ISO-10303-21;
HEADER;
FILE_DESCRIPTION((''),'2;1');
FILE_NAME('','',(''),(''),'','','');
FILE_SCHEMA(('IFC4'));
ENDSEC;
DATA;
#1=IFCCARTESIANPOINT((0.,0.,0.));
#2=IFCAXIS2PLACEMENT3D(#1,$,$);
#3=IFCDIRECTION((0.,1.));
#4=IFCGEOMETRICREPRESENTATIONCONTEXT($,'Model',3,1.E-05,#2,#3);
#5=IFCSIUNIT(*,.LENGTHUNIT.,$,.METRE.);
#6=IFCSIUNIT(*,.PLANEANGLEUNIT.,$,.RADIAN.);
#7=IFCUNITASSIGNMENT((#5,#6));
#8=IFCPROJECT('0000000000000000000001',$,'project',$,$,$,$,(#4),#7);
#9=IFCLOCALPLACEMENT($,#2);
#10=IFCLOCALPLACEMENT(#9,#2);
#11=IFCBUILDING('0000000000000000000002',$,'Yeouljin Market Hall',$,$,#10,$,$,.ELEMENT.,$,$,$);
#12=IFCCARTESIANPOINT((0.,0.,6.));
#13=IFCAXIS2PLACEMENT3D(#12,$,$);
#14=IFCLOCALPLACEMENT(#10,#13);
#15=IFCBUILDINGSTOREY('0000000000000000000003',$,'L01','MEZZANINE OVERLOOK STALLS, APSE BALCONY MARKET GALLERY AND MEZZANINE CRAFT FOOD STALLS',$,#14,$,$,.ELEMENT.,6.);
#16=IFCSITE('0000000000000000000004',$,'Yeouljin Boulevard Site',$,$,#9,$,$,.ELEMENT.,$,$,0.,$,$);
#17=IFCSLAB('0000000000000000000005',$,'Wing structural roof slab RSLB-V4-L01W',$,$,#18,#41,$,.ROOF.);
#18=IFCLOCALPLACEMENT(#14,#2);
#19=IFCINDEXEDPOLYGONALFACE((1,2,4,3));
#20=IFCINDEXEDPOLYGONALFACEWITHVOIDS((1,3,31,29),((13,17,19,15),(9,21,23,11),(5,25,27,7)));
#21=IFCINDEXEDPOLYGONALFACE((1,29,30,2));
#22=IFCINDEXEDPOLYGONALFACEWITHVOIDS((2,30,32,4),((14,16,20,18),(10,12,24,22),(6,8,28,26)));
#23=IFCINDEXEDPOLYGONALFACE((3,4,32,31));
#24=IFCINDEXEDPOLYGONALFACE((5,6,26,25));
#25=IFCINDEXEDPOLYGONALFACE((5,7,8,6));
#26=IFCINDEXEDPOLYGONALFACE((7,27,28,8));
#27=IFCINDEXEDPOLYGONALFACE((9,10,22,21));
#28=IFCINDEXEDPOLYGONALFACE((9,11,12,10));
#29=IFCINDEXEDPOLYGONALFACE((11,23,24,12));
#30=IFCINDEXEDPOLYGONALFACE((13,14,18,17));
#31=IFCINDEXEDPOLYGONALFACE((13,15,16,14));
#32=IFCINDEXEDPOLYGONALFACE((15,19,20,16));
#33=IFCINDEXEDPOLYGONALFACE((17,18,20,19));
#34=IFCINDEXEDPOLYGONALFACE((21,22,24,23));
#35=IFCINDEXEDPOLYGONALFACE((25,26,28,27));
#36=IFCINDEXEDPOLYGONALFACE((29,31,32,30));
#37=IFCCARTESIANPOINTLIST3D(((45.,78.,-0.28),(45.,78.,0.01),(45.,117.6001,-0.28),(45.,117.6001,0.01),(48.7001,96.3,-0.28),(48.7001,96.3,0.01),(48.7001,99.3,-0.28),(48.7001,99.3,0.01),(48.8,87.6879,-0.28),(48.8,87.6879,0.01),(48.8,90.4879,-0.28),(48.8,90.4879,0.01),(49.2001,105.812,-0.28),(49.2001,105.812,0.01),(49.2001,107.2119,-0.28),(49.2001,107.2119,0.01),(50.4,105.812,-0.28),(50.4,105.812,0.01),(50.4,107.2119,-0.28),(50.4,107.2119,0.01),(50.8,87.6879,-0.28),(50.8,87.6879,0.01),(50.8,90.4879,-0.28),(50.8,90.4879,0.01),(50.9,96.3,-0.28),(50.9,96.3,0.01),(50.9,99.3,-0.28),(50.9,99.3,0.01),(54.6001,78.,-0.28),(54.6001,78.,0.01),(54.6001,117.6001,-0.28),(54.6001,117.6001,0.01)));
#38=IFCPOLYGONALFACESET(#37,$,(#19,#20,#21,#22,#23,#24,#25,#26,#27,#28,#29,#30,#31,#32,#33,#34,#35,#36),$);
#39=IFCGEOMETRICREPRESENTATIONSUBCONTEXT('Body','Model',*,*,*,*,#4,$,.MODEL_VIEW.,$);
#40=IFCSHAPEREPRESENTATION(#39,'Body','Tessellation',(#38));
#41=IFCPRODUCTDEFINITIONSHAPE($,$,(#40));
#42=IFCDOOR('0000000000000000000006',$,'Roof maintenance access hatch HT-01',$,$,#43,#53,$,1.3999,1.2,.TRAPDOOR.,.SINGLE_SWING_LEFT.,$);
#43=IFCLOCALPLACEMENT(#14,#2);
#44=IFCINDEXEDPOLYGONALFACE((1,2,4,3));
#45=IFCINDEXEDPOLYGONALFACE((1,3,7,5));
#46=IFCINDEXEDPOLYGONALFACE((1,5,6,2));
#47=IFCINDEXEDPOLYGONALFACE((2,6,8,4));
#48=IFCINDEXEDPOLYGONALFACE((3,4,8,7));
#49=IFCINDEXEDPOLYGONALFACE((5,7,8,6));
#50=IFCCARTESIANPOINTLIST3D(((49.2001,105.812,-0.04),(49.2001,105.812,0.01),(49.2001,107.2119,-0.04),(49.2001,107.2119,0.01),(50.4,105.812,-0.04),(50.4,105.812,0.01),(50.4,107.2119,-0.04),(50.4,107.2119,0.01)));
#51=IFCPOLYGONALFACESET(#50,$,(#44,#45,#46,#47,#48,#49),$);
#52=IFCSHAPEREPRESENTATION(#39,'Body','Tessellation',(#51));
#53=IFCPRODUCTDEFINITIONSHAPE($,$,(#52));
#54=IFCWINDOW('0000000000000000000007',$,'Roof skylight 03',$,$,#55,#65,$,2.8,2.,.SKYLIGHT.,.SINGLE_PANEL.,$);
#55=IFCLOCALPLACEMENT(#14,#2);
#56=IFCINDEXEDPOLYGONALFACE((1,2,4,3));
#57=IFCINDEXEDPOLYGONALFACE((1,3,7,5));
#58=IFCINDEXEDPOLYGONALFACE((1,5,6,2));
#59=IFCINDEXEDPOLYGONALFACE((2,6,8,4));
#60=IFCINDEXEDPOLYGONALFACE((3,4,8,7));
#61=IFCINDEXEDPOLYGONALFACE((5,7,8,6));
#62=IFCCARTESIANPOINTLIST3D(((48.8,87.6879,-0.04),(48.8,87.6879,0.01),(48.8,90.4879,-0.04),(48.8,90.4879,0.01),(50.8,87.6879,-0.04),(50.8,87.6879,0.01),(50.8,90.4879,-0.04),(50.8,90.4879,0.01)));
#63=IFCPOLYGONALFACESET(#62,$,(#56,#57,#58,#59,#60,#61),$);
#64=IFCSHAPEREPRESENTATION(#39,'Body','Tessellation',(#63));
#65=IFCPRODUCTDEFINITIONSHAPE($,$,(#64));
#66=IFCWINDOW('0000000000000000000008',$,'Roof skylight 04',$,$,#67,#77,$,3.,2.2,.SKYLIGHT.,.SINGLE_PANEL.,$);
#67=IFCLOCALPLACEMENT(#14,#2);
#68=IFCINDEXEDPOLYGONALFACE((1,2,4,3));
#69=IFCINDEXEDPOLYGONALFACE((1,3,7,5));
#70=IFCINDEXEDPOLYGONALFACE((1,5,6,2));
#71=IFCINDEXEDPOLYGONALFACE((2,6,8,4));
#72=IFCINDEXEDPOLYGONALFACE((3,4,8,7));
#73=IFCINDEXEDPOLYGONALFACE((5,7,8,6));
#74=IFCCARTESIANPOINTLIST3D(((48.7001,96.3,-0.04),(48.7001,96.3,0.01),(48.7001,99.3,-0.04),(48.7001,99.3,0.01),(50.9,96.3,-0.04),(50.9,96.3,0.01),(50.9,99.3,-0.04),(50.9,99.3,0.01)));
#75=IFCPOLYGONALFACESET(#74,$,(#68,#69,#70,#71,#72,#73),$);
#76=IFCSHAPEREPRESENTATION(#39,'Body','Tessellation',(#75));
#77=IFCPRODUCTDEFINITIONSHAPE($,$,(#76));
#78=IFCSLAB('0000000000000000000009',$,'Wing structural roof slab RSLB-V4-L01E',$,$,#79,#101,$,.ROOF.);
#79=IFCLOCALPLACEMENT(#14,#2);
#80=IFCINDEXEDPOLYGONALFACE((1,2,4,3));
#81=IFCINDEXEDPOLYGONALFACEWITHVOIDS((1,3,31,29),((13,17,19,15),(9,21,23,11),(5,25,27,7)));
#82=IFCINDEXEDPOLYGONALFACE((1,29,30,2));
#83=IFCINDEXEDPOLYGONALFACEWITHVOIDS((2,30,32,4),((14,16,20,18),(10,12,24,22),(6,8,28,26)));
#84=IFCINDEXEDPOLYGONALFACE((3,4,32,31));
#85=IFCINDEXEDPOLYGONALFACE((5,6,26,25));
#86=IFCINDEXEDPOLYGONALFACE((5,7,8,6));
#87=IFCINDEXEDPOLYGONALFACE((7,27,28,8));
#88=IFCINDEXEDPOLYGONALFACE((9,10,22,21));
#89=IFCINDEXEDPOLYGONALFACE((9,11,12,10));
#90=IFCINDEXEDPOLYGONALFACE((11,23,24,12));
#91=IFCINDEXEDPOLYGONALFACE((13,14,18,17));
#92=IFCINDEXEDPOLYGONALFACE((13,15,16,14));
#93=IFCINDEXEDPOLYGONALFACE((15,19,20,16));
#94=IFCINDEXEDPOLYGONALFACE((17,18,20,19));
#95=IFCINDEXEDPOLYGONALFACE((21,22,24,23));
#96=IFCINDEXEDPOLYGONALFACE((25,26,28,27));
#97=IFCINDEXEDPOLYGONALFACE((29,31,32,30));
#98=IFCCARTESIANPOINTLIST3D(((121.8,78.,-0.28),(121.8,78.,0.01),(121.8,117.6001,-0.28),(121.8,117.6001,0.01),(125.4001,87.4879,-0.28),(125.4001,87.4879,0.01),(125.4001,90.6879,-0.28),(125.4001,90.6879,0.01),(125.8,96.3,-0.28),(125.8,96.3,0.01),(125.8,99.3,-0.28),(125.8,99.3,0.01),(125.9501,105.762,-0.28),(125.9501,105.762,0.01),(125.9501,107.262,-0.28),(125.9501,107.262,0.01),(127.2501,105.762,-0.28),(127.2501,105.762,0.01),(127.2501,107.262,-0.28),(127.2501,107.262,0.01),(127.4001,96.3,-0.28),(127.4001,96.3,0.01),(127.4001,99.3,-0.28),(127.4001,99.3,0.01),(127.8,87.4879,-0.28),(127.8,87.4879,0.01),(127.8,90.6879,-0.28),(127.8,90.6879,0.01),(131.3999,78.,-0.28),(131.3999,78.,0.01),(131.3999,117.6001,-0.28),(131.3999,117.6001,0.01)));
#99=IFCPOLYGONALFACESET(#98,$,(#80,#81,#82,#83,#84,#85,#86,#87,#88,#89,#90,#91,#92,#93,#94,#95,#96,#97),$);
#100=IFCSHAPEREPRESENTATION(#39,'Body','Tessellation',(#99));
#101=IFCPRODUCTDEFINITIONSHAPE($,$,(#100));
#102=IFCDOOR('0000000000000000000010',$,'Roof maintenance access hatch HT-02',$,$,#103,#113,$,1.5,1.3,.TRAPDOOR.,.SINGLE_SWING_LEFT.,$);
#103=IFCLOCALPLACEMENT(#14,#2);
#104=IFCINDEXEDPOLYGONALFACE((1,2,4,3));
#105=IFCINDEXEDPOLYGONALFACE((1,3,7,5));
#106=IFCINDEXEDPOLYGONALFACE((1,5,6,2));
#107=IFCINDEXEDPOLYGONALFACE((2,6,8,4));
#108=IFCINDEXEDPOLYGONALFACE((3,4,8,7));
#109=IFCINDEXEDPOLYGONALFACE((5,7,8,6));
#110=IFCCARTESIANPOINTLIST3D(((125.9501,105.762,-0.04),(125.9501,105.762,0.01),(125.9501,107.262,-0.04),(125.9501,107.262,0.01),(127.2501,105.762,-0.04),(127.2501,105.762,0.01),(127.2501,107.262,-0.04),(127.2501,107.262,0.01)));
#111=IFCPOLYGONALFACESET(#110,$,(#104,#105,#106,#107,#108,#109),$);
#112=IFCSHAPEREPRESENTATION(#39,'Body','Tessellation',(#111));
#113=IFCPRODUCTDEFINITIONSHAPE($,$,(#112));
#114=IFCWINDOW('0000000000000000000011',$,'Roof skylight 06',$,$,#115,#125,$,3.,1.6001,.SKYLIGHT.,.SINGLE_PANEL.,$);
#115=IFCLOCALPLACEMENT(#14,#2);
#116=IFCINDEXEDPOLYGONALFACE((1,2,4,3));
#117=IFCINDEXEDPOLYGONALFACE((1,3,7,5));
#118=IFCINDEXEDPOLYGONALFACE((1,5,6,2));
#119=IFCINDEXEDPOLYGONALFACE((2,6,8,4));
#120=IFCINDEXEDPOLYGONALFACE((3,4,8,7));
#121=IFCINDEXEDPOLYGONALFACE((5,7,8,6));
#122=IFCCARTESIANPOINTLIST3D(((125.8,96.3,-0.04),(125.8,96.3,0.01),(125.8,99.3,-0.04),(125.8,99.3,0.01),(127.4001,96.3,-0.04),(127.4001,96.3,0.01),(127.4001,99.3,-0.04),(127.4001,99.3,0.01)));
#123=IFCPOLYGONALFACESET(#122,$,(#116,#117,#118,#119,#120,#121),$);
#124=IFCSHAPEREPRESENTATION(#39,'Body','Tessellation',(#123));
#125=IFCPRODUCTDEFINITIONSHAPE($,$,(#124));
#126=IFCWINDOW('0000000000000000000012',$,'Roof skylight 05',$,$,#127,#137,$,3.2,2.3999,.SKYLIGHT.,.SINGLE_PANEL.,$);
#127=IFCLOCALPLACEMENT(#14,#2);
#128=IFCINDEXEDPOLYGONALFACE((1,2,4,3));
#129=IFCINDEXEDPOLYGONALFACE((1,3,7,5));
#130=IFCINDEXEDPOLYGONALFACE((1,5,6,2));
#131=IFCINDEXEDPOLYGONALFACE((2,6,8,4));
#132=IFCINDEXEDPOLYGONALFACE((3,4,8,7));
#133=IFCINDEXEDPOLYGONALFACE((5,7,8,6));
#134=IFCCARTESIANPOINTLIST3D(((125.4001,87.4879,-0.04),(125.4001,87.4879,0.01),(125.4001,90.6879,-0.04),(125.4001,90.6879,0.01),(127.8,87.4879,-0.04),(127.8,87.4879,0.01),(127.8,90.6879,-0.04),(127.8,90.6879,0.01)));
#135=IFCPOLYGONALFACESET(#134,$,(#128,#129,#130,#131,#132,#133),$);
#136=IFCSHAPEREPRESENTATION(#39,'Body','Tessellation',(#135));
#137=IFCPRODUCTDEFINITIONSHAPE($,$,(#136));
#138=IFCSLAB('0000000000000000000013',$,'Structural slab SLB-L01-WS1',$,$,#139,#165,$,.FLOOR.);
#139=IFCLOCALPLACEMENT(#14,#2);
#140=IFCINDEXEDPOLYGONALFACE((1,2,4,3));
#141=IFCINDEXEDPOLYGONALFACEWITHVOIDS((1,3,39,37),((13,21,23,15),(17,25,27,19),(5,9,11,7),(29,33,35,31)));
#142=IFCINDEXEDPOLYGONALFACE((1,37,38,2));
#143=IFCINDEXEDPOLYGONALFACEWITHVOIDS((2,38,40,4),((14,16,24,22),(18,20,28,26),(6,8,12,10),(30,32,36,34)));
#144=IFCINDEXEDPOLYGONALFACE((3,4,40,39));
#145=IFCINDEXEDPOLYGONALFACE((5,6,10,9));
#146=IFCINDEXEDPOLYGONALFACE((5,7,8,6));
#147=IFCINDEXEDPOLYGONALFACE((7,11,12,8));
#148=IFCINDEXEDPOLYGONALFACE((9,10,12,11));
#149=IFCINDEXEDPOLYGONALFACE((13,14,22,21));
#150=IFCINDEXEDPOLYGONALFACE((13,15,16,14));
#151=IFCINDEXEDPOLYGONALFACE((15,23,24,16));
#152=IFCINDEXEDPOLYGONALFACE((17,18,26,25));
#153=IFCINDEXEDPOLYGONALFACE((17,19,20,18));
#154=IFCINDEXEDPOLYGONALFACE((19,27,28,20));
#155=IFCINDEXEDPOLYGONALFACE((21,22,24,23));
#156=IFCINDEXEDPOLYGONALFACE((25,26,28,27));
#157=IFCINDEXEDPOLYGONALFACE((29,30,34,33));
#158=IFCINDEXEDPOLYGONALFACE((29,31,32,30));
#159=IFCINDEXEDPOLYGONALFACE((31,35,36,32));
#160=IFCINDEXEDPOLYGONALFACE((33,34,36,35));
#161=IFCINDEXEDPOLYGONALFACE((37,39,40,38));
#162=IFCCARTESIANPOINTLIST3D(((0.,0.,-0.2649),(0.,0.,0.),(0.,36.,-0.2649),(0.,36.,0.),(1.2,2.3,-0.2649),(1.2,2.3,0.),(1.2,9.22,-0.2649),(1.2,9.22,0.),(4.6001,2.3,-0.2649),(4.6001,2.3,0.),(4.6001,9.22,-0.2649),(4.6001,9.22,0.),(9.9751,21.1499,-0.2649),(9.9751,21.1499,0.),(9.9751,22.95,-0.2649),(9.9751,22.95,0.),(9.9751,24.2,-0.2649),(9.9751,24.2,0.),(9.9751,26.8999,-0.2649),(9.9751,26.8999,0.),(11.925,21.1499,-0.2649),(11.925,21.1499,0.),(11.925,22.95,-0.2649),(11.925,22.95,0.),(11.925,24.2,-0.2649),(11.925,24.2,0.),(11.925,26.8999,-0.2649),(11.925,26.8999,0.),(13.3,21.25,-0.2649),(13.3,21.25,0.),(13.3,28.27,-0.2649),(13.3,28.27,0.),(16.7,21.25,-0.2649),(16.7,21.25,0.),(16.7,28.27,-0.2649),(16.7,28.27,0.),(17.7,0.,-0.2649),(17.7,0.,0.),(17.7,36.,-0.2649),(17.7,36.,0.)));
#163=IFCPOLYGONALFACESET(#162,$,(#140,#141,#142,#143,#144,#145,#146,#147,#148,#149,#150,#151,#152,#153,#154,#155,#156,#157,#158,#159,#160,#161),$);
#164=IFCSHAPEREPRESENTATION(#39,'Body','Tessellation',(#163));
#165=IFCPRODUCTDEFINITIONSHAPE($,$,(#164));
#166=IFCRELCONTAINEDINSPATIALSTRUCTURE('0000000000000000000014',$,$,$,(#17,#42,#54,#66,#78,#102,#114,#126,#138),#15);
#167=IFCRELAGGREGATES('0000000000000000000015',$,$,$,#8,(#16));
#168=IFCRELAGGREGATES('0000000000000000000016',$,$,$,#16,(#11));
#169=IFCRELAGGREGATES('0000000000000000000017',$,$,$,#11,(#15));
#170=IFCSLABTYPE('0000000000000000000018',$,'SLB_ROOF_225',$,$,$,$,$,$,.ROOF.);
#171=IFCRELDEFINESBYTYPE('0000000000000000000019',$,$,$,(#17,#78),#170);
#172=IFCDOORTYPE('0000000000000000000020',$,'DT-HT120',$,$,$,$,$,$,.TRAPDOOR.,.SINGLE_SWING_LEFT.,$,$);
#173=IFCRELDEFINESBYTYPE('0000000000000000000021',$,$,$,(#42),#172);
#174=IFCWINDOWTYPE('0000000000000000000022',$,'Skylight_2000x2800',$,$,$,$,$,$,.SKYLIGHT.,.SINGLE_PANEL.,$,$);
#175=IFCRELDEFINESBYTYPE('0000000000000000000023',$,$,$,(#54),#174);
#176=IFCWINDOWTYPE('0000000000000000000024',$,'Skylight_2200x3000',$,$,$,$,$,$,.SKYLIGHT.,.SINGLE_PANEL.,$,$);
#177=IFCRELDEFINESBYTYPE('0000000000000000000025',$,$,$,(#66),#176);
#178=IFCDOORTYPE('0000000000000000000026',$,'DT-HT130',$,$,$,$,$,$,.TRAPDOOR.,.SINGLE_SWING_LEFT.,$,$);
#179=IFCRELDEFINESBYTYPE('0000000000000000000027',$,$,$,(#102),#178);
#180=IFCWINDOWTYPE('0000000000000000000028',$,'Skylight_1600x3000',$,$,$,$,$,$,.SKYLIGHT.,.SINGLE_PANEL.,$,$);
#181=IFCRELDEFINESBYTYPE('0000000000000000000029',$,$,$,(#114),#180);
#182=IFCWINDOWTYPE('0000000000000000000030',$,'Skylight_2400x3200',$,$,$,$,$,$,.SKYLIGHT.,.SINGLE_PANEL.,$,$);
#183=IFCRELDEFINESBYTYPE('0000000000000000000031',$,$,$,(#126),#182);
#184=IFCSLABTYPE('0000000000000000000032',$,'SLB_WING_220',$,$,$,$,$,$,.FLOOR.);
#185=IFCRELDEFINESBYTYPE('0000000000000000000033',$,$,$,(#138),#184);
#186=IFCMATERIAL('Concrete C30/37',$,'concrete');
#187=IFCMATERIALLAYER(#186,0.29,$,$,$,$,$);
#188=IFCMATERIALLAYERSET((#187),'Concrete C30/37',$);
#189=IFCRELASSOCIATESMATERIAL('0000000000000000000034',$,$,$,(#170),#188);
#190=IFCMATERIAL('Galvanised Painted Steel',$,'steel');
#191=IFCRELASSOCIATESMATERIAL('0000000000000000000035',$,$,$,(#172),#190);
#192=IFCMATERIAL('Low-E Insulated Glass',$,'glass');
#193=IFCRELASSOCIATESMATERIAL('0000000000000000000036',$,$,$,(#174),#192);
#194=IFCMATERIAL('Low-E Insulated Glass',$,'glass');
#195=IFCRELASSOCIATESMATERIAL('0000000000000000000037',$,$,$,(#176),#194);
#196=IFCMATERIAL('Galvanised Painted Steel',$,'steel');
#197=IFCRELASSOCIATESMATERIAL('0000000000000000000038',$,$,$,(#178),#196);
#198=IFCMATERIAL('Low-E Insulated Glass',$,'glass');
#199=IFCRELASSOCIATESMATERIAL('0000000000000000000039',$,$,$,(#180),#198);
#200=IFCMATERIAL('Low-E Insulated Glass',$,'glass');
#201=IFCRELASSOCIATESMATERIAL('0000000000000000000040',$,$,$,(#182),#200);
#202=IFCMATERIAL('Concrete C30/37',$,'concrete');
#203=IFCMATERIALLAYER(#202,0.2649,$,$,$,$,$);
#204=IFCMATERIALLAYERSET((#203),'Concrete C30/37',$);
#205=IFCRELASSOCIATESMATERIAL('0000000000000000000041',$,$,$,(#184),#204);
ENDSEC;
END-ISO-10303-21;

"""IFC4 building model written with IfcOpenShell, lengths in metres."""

from ifc_helpers import new_model, si_unit, direction, frame, origin, origin_2d, place, context, subcontext, project, spatial, polyline, rectangle, outline, extrude, material, layer, layer_set, type_object, element, fill, save


model = new_model("IFC4")

# Units and contexts
model_context = context("Model", 3, precision=1e-05, world=origin(), true_north=direction((0.0, 1.0)))
body_context = subcontext(model_context, "Body", "Model", "MODEL_VIEW")
ifc_project = project(units=[si_unit("LENGTHUNIT", "METRE"), si_unit("PLANEANGLEUNIT", "RADIAN")], contexts=[model_context])

# Site, building, storey
site_placement = place(None, origin())
site = spatial("IfcSite", under=ifc_project, at=site_placement, Name="Yeouljin Boulevard Site", CompositionType="ELEMENT", RefElevation=0.0)
building_placement = place(site_placement, origin())
building = spatial("IfcBuilding", under=site, at=building_placement, Name="Yeouljin Market Hall", CompositionType="ELEMENT")
storey_placement = place(building_placement, frame((0.0, 0.0, 6.0)))
storey = spatial("IfcBuildingStorey", under=building, at=storey_placement, Name="L01", Description="MEZZANINE OVERLOOK STALLS, APSE BALCONY MARKET GALLERY AND MEZZANINE CRAFT FOOD STALLS", CompositionType="ELEMENT", Elevation=6.0)

# Shared definitions
ifc_material_1 = material(Name="Concrete C30/37", Category="concrete")
ifc_layer_1 = layer(ifc_material_1, 0.29)
ifc_layer_set_1 = layer_set([ifc_layer_1], Name="Concrete C30/37")
slab_type_1 = type_object("IfcSlabType", Name="SLB_ROOF_225", PredefinedType="ROOF", material=ifc_layer_set_1)

# Slabs, openings, doors, windows
slab_1_placement = place(storey_placement, frame((0.0, 0.0, -0.28)))
slab_1 = element("IfcSlab", 1, at=slab_1_placement, inside=storey, type_object=slab_type_1, Name="Wing structural roof slab RSLB-V4-L01W", PredefinedType="ROOF", context=body_context, shape_type="SweptSolid", body=[
    extrude(outline(polyline([(45.0, 78.0), (54.6001, 78.0), (54.6001, 117.6001), (45.0, 117.6001), (45.0, 78.0)])), origin(), (0.0, 0.0, 1.0), 0.29),
])
opening_1_placement = place(slab_1_placement, frame((49.8, 89.0879, 0.0)))
opening_1 = element("IfcOpeningElement", 2, at=opening_1_placement, cuts=slab_1, PredefinedType="OPENING", context=body_context, shape_type="SweptSolid", body=[
    extrude(rectangle(XDim=2.0, YDim=2.8, at=origin_2d()), origin(), (0.0, 0.0, 1.0), 0.29),
])
opening_2_placement = place(slab_1_placement, frame((49.8, 97.8, 0.0)))
opening_2 = element("IfcOpeningElement", 3, at=opening_2_placement, cuts=slab_1, PredefinedType="OPENING", context=body_context, shape_type="SweptSolid", body=[
    extrude(rectangle(XDim=2.2, YDim=3.0, at=origin_2d()), origin(), (0.0, 0.0, 1.0), 0.29),
])
opening_3_placement = place(slab_1_placement, frame((49.8, 106.512, 0.0)))
opening_3 = element("IfcOpeningElement", 4, at=opening_3_placement, cuts=slab_1, PredefinedType="OPENING", context=body_context, shape_type="SweptSolid", body=[
    extrude(rectangle(XDim=1.2, YDim=1.3999, at=origin_2d()), origin(), (0.0, 0.0, 1.0), 0.29),
])
ifc_material_2 = material(Name="Galvanised Painted Steel", Category="steel")
door_type_1 = type_object("IfcDoorType", Name="DT-HT120", OperationType="SINGLE_SWING_LEFT", PredefinedType="TRAPDOOR", material=ifc_material_2)
door_1_placement = place(opening_3_placement, frame((0.0, 0.0, 0.24)))
door_1 = element("IfcDoor", 5, at=door_1_placement, inside=storey, type_object=door_type_1, Name="Roof maintenance access hatch HT-01", OperationType="SINGLE_SWING_LEFT", OverallHeight=1.3999, OverallWidth=1.2, PredefinedType="TRAPDOOR", context=body_context, shape_type="SweptSolid", body=[
    extrude(rectangle(XDim=1.2, YDim=1.3999, at=origin_2d()), origin(), (0.0, 0.0, 1.0), 0.05),
])
fill(opening_3, door_1)
ifc_material_3 = material(Name="Low-E Insulated Glass", Category="glass")
window_type_1 = type_object("IfcWindowType", Name="Skylight_2000x2800", PartitioningType="SINGLE_PANEL", PredefinedType="SKYLIGHT", material=ifc_material_3)
window_1_placement = place(opening_1_placement, frame((0.0, 0.0, 0.24)))
window_1 = element("IfcWindow", 6, at=window_1_placement, inside=storey, type_object=window_type_1, Name="Roof skylight 03", OverallHeight=2.8, OverallWidth=2.0, PartitioningType="SINGLE_PANEL", PredefinedType="SKYLIGHT", context=body_context, shape_type="SweptSolid", body=[
    extrude(rectangle(XDim=2.0, YDim=2.8, at=origin_2d()), origin(), (0.0, 0.0, 1.0), 0.05),
])
fill(opening_1, window_1)
ifc_material_4 = material(Name="Low-E Insulated Glass", Category="glass")
window_type_2 = type_object("IfcWindowType", Name="Skylight_2200x3000", PartitioningType="SINGLE_PANEL", PredefinedType="SKYLIGHT", material=ifc_material_4)
window_2_placement = place(opening_2_placement, frame((0.0, 0.0, 0.24)))
window_2 = element("IfcWindow", 7, at=window_2_placement, inside=storey, type_object=window_type_2, Name="Roof skylight 04", OverallHeight=3.0, OverallWidth=2.2, PartitioningType="SINGLE_PANEL", PredefinedType="SKYLIGHT", context=body_context, shape_type="SweptSolid", body=[
    extrude(rectangle(XDim=2.2, YDim=3.0, at=origin_2d()), origin(), (0.0, 0.0, 1.0), 0.05),
])
fill(opening_2, window_2)
slab_2_placement = place(storey_placement, frame((0.0, 0.0, -0.28)))
slab_2 = element("IfcSlab", 8, at=slab_2_placement, inside=storey, type_object=slab_type_1, Name="Wing structural roof slab RSLB-V4-L01E", PredefinedType="ROOF", context=body_context, shape_type="SweptSolid", body=[
    extrude(outline(polyline([(121.8, 78.0), (131.3999, 78.0), (131.3999, 117.6001), (121.8, 117.6001), (121.8, 78.0)])), origin(), (0.0, 0.0, 1.0), 0.29),
])
opening_4_placement = place(slab_2_placement, frame((126.6001, 89.0879, 0.0)))
opening_4 = element("IfcOpeningElement", 9, at=opening_4_placement, cuts=slab_2, PredefinedType="OPENING", context=body_context, shape_type="SweptSolid", body=[
    extrude(rectangle(XDim=2.3999, YDim=3.2, at=origin_2d()), origin(), (0.0, 0.0, 1.0), 0.29),
])
opening_5_placement = place(slab_2_placement, frame((126.6001, 97.8, 0.0)))
opening_5 = element("IfcOpeningElement", 10, at=opening_5_placement, cuts=slab_2, PredefinedType="OPENING", context=body_context, shape_type="SweptSolid", body=[
    extrude(rectangle(XDim=1.6001, YDim=3.0, at=origin_2d()), origin(), (0.0, 0.0, 1.0), 0.29),
])
opening_6_placement = place(slab_2_placement, frame((126.6001, 106.512, 0.0)))
opening_6 = element("IfcOpeningElement", 11, at=opening_6_placement, cuts=slab_2, PredefinedType="OPENING", context=body_context, shape_type="SweptSolid", body=[
    extrude(rectangle(XDim=1.3, YDim=1.5, at=origin_2d()), origin(), (0.0, 0.0, 1.0), 0.29),
])
ifc_material_5 = material(Name="Galvanised Painted Steel", Category="steel")
door_type_2 = type_object("IfcDoorType", Name="DT-HT130", OperationType="SINGLE_SWING_LEFT", PredefinedType="TRAPDOOR", material=ifc_material_5)
door_2_placement = place(opening_6_placement, frame((0.0, 0.0, 0.24)))
door_2 = element("IfcDoor", 12, at=door_2_placement, inside=storey, type_object=door_type_2, Name="Roof maintenance access hatch HT-02", OperationType="SINGLE_SWING_LEFT", OverallHeight=1.5, OverallWidth=1.3, PredefinedType="TRAPDOOR", context=body_context, shape_type="SweptSolid", body=[
    extrude(rectangle(XDim=1.3, YDim=1.5, at=origin_2d()), origin(), (0.0, 0.0, 1.0), 0.05),
])
fill(opening_6, door_2)
ifc_material_6 = material(Name="Low-E Insulated Glass", Category="glass")
window_type_3 = type_object("IfcWindowType", Name="Skylight_1600x3000", PartitioningType="SINGLE_PANEL", PredefinedType="SKYLIGHT", material=ifc_material_6)
window_3_placement = place(opening_5_placement, frame((0.0, 0.0, 0.24)))
window_3 = element("IfcWindow", 13, at=window_3_placement, inside=storey, type_object=window_type_3, Name="Roof skylight 06", OverallHeight=3.0, OverallWidth=1.6001, PartitioningType="SINGLE_PANEL", PredefinedType="SKYLIGHT", context=body_context, shape_type="SweptSolid", body=[
    extrude(rectangle(XDim=1.6001, YDim=3.0, at=origin_2d()), origin(), (0.0, 0.0, 1.0), 0.05),
])
fill(opening_5, window_3)
ifc_material_7 = material(Name="Low-E Insulated Glass", Category="glass")
window_type_4 = type_object("IfcWindowType", Name="Skylight_2400x3200", PartitioningType="SINGLE_PANEL", PredefinedType="SKYLIGHT", material=ifc_material_7)
window_4_placement = place(opening_4_placement, frame((0.0, 0.0, 0.24)))
window_4 = element("IfcWindow", 14, at=window_4_placement, inside=storey, type_object=window_type_4, Name="Roof skylight 05", OverallHeight=3.2, OverallWidth=2.3999, PartitioningType="SINGLE_PANEL", PredefinedType="SKYLIGHT", context=body_context, shape_type="SweptSolid", body=[
    extrude(rectangle(XDim=2.3999, YDim=3.2, at=origin_2d()), origin(), (0.0, 0.0, 1.0), 0.05),
])
fill(opening_4, window_4)

# Slab
ifc_material_8 = material(Name="Concrete C30/37", Category="concrete")
ifc_layer_2 = layer(ifc_material_8, 0.2649)
ifc_layer_set_2 = layer_set([ifc_layer_2], Name="Concrete C30/37")
slab_type_2 = type_object("IfcSlabType", Name="SLB_WING_220", PredefinedType="FLOOR", material=ifc_layer_set_2)
slab_3_placement = place(storey_placement, frame((0.0, 0.0, -0.2649)))
element("IfcSlab", 15, at=slab_3_placement, inside=storey, type_object=slab_type_2, Name="Structural slab SLB-L01-WS1", PredefinedType="FLOOR", context=body_context, shape_type="SweptSolid", body=[
    extrude(outline(polyline([(0.0, 0.0), (17.7, 0.0), (17.7, 36.0), (0.0, 36.0), (0.0, 0.0)]), holes=[polyline([(13.3, 21.25), (16.7, 21.25), (16.7, 28.27), (13.3, 28.27), (13.3, 21.25)]), polyline([(1.2, 2.3), (4.6001, 2.3), (4.6001, 9.22), (1.2, 9.22), (1.2, 2.3)]), polyline([(9.9751, 21.1499), (11.925, 21.1499), (11.925, 22.95), (9.9751, 22.95), (9.9751, 21.1499)]), polyline([(9.9751, 24.2), (11.925, 24.2), (11.925, 26.8999), (9.9751, 26.8999), (9.9751, 24.2)])]), origin(), (0.0, 0.0, 1.0), 0.2649),
])

save(model, "model.ifc")
